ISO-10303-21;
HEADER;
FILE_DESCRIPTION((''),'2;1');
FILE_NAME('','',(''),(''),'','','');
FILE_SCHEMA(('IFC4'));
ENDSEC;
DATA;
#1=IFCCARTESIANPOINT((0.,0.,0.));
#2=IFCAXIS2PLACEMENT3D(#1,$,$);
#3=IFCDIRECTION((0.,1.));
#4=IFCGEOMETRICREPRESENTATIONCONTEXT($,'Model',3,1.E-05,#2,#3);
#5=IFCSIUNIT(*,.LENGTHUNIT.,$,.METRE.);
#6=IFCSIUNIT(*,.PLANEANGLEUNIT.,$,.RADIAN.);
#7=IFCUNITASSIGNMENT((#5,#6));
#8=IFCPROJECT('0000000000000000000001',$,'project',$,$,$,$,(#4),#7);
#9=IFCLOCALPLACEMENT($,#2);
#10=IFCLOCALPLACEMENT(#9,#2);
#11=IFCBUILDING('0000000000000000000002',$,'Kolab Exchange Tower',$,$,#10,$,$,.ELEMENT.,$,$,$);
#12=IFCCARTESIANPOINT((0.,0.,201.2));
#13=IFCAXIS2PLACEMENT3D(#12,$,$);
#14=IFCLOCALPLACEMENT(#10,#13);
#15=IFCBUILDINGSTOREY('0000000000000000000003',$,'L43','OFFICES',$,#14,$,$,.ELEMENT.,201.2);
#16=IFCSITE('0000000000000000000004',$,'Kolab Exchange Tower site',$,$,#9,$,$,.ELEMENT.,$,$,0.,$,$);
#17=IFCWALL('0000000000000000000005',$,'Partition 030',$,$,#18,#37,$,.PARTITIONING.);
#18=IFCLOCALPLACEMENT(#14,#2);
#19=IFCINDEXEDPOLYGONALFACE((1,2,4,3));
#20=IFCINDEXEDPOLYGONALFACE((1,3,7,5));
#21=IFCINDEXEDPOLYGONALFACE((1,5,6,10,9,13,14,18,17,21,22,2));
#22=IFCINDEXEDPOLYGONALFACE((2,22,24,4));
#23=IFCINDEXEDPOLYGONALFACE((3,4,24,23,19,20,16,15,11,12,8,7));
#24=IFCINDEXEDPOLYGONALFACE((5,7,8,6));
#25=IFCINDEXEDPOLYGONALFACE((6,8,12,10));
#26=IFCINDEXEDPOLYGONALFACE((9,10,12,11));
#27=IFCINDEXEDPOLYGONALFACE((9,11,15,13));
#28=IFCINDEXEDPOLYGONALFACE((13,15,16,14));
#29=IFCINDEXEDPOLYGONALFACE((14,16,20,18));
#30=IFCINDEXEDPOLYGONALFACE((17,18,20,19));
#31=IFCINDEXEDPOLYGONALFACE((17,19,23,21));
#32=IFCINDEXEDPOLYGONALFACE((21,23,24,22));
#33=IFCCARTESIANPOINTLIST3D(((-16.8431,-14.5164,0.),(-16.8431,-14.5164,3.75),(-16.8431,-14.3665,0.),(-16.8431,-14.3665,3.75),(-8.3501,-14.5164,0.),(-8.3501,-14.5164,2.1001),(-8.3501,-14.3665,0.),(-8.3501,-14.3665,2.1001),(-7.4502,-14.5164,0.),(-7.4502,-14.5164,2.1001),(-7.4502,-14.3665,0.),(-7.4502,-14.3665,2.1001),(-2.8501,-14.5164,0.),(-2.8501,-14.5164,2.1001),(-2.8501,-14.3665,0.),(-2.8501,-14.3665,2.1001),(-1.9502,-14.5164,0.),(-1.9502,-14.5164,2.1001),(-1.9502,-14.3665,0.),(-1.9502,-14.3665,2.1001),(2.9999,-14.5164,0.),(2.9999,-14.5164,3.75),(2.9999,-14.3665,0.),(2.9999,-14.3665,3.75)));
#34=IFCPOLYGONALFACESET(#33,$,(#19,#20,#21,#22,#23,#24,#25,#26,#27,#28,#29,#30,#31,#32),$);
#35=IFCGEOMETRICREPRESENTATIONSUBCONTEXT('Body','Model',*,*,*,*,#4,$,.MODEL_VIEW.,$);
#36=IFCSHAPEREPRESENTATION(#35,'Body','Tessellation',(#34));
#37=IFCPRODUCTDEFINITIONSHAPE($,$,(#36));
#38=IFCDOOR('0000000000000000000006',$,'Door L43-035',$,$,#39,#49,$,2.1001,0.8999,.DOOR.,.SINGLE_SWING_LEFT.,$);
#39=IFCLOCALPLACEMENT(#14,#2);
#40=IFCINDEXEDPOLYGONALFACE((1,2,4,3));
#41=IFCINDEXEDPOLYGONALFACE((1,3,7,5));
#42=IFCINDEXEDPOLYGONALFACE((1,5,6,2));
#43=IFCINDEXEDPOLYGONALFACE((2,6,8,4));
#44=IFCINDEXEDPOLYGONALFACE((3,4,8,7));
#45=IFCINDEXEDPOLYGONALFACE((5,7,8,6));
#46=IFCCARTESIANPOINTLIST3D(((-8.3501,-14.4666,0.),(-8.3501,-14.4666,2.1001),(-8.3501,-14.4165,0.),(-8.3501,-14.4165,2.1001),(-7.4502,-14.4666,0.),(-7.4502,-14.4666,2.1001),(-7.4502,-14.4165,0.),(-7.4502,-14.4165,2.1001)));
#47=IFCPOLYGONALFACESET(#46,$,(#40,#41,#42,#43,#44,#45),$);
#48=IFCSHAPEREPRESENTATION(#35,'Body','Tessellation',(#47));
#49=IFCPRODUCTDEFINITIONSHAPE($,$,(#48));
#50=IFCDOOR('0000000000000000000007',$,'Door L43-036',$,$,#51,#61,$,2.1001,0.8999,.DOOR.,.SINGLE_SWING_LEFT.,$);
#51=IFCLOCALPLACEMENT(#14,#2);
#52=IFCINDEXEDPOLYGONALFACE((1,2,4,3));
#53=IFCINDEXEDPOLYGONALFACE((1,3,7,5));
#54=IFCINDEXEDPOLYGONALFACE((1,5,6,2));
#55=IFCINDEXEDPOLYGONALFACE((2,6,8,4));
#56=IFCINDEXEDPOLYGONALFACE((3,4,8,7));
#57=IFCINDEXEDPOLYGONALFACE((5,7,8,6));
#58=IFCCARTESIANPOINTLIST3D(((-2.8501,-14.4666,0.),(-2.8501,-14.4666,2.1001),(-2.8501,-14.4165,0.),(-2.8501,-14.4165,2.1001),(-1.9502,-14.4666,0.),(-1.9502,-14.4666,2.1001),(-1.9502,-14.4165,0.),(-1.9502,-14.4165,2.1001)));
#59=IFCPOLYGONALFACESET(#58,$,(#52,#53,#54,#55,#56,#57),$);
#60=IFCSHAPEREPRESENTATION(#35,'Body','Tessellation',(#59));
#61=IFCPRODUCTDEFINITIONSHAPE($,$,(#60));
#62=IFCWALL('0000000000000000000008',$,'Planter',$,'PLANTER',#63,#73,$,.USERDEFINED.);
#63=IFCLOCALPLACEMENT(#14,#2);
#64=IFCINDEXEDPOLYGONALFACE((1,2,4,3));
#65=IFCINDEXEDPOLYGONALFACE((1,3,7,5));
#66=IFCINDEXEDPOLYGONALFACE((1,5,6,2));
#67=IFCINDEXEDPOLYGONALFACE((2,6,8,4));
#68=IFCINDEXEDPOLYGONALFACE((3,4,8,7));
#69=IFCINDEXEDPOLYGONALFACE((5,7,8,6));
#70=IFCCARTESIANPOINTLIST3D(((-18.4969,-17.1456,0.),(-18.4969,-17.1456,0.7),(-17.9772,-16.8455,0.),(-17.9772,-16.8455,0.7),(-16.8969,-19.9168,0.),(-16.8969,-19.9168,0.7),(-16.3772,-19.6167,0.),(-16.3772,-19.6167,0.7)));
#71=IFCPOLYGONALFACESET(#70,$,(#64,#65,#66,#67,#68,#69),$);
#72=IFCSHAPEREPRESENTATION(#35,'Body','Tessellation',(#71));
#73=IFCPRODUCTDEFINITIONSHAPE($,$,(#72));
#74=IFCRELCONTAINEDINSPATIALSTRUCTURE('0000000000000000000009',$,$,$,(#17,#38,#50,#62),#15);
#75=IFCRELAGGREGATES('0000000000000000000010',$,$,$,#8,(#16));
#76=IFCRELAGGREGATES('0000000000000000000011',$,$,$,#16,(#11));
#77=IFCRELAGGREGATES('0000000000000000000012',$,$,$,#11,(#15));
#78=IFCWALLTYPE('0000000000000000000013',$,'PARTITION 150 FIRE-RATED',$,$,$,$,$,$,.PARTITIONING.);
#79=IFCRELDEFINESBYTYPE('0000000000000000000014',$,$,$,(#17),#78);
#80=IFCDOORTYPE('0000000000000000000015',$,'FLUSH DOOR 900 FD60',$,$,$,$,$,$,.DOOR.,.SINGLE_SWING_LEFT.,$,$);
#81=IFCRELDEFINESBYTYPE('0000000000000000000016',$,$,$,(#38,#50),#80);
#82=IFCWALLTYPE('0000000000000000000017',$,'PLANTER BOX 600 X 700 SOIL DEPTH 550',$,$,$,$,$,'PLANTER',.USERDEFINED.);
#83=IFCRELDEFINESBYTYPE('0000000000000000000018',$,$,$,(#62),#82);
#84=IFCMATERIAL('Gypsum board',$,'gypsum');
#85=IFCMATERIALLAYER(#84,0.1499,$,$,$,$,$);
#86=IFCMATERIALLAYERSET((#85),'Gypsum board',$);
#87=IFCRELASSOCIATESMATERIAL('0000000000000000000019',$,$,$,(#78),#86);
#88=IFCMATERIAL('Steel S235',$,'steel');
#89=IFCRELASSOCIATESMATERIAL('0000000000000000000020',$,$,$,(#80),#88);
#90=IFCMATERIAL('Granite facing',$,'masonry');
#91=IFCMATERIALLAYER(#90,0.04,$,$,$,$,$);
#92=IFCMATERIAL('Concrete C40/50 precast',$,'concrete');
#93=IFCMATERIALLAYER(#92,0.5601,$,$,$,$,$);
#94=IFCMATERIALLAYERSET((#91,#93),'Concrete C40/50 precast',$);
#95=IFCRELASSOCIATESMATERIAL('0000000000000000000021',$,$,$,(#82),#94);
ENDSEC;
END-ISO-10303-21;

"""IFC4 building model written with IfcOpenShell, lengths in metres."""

from ifc_helpers import new_model, si_unit, direction, frame, frame_2d, origin, place, context, subcontext, project, spatial, rectangle, extrude, material, layer, layer_set, type_object, element, fill, save


model = new_model("IFC4")

# Units and contexts
model_context = context("Model", 3, precision=1e-05, world=origin(), true_north=direction((0.0, 1.0)))
body_context = subcontext(model_context, "Body", "Model", "MODEL_VIEW")
ifc_project = project(units=[si_unit("LENGTHUNIT", "METRE"), si_unit("PLANEANGLEUNIT", "RADIAN")], contexts=[model_context])

# Site, building, storey
site_placement = place(None, origin())
site = spatial("IfcSite", under=ifc_project, at=site_placement, Name="Kolab Exchange Tower site", CompositionType="ELEMENT", RefElevation=0.0)
building_placement = place(site_placement, origin())
building = spatial("IfcBuilding", under=site, at=building_placement, Name="Kolab Exchange Tower", CompositionType="ELEMENT")
storey_placement = place(building_placement, frame((0.0, 0.0, 201.2)))
storey = spatial("IfcBuildingStorey", under=building, at=storey_placement, Name="L43", Description="OFFICES", CompositionType="ELEMENT", Elevation=201.2)

# Shared definitions
ifc_material_1 = material(Name="Gypsum board", Category="gypsum")

# Wall, openings, doors
ifc_layer_1 = layer(ifc_material_1, 0.1499)
ifc_layer_set_1 = layer_set([ifc_layer_1], Name="Gypsum board")
wall_type_1 = type_object("IfcWallType", Name="PARTITION 150 FIRE-RATED", PredefinedType="PARTITIONING", material=ifc_layer_set_1)
ifc_material_2 = material(Name="Steel S235", Category="steel")
wall_1_placement = place(storey_placement, frame((-16.843, -14.4414, 0.0), z_axis=(0.0, 0.0, 1.0), x_axis=(1.0, 0.0, 0.0)))
wall_1 = element("IfcWall", 1, at=wall_1_placement, inside=storey, type_object=wall_type_1, Name="Partition 030", PredefinedType="PARTITIONING", context=body_context, shape_type="SweptSolid", body=[
    extrude(rectangle(XDim=19.843, YDim=0.1499, at=frame_2d((9.9214, 0.0))), origin(), (0.0, 0.0, 1.0), 3.75),
])
opening_1_placement = place(wall_1_placement, frame((8.4929, 0.0, 0.0)))
opening_1 = element("IfcOpeningElement", 2, at=opening_1_placement, cuts=wall_1, PredefinedType="OPENING", context=body_context, shape_type="SweptSolid", body=[
    extrude(rectangle(XDim=0.8999, YDim=2.1001, at=frame_2d((0.45, 1.05))), frame((0.0, 0.085, 0.0), z_axis=(0.0, -1.0, 0.0), x_axis=(1.0, 0.0, 0.0)), (0.0, 0.0, 1.0), 0.1699),
])
opening_2_placement = place(wall_1_placement, frame((13.9929, 0.0, 0.0)))
opening_2 = element("IfcOpeningElement", 3, at=opening_2_placement, cuts=wall_1, PredefinedType="OPENING", context=body_context, shape_type="SweptSolid", body=[
    extrude(rectangle(XDim=0.8999, YDim=2.1001, at=frame_2d((0.45, 1.05))), frame((0.0, 0.085, 0.0), z_axis=(0.0, -1.0, 0.0), x_axis=(1.0, 0.0, 0.0)), (0.0, 0.0, 1.0), 0.1699),
])
door_type_1 = type_object("IfcDoorType", Name="FLUSH DOOR 900 FD60", OperationType="SINGLE_SWING_LEFT", PredefinedType="DOOR", material=ifc_material_2)
door_1_placement = place(opening_1_placement, origin())
door_1 = element("IfcDoor", 4, at=door_1_placement, inside=storey, type_object=door_type_1, Name="Door L43-035", OperationType="SINGLE_SWING_LEFT", OverallHeight=2.1001, OverallWidth=0.8999, PredefinedType="DOOR", context=body_context, shape_type="SweptSolid", body=[
    extrude(rectangle(XDim=0.8999, YDim=2.1001, at=frame_2d((0.45, 1.05))), frame((0.0, 0.0249, 0.0), z_axis=(0.0, -1.0, 0.0), x_axis=(1.0, 0.0, 0.0)), (0.0, 0.0, 1.0), 0.05),
])
fill(opening_1, door_1)
door_2_placement = place(opening_2_placement, origin())
door_2 = element("IfcDoor", 5, at=door_2_placement, inside=storey, type_object=door_type_1, Name="Door L43-036", OperationType="SINGLE_SWING_LEFT", OverallHeight=2.1001, OverallWidth=0.8999, PredefinedType="DOOR", context=body_context, shape_type="SweptSolid", body=[
    extrude(rectangle(XDim=0.8999, YDim=2.1001, at=frame_2d((0.45, 1.05))), frame((0.0, 0.0249, 0.0), z_axis=(0.0, -1.0, 0.0), x_axis=(1.0, 0.0, 0.0)), (0.0, 0.0, 1.0), 0.05),
])
fill(opening_2, door_2)

# Wall
ifc_material_3 = material(Name="Granite facing", Category="masonry")
ifc_layer_2 = layer(ifc_material_3, 0.04)
ifc_material_4 = material(Name="Concrete C40/50 precast", Category="concrete")
ifc_layer_3 = layer(ifc_material_4, 0.5601)
ifc_layer_set_2 = layer_set([ifc_layer_2, ifc_layer_3], Name="Concrete C40/50 precast")
wall_type_2 = type_object("IfcWallType", Name="PLANTER BOX 600 X 700 SOIL DEPTH 550", ElementType="PLANTER", PredefinedType="USERDEFINED", material=ifc_layer_set_2)
wall_2_placement = place(storey_placement, frame((-16.637, -19.7668, 0.0), z_axis=(0.0, 0.0, 1.0), x_axis=(-0.500028, 0.866009, 0.0)))
element("IfcWall", 6, at=wall_2_placement, inside=storey, type_object=wall_type_2, Name="Planter", ObjectType="PLANTER", PredefinedType="USERDEFINED", context=body_context, shape_type="SweptSolid", body=[
    extrude(rectangle(XDim=3.2, YDim=0.6001, at=frame_2d((1.6001, 0.0))), origin(), (0.0, 0.0, 1.0), 0.7),
])

save(model, "model.ifc")
